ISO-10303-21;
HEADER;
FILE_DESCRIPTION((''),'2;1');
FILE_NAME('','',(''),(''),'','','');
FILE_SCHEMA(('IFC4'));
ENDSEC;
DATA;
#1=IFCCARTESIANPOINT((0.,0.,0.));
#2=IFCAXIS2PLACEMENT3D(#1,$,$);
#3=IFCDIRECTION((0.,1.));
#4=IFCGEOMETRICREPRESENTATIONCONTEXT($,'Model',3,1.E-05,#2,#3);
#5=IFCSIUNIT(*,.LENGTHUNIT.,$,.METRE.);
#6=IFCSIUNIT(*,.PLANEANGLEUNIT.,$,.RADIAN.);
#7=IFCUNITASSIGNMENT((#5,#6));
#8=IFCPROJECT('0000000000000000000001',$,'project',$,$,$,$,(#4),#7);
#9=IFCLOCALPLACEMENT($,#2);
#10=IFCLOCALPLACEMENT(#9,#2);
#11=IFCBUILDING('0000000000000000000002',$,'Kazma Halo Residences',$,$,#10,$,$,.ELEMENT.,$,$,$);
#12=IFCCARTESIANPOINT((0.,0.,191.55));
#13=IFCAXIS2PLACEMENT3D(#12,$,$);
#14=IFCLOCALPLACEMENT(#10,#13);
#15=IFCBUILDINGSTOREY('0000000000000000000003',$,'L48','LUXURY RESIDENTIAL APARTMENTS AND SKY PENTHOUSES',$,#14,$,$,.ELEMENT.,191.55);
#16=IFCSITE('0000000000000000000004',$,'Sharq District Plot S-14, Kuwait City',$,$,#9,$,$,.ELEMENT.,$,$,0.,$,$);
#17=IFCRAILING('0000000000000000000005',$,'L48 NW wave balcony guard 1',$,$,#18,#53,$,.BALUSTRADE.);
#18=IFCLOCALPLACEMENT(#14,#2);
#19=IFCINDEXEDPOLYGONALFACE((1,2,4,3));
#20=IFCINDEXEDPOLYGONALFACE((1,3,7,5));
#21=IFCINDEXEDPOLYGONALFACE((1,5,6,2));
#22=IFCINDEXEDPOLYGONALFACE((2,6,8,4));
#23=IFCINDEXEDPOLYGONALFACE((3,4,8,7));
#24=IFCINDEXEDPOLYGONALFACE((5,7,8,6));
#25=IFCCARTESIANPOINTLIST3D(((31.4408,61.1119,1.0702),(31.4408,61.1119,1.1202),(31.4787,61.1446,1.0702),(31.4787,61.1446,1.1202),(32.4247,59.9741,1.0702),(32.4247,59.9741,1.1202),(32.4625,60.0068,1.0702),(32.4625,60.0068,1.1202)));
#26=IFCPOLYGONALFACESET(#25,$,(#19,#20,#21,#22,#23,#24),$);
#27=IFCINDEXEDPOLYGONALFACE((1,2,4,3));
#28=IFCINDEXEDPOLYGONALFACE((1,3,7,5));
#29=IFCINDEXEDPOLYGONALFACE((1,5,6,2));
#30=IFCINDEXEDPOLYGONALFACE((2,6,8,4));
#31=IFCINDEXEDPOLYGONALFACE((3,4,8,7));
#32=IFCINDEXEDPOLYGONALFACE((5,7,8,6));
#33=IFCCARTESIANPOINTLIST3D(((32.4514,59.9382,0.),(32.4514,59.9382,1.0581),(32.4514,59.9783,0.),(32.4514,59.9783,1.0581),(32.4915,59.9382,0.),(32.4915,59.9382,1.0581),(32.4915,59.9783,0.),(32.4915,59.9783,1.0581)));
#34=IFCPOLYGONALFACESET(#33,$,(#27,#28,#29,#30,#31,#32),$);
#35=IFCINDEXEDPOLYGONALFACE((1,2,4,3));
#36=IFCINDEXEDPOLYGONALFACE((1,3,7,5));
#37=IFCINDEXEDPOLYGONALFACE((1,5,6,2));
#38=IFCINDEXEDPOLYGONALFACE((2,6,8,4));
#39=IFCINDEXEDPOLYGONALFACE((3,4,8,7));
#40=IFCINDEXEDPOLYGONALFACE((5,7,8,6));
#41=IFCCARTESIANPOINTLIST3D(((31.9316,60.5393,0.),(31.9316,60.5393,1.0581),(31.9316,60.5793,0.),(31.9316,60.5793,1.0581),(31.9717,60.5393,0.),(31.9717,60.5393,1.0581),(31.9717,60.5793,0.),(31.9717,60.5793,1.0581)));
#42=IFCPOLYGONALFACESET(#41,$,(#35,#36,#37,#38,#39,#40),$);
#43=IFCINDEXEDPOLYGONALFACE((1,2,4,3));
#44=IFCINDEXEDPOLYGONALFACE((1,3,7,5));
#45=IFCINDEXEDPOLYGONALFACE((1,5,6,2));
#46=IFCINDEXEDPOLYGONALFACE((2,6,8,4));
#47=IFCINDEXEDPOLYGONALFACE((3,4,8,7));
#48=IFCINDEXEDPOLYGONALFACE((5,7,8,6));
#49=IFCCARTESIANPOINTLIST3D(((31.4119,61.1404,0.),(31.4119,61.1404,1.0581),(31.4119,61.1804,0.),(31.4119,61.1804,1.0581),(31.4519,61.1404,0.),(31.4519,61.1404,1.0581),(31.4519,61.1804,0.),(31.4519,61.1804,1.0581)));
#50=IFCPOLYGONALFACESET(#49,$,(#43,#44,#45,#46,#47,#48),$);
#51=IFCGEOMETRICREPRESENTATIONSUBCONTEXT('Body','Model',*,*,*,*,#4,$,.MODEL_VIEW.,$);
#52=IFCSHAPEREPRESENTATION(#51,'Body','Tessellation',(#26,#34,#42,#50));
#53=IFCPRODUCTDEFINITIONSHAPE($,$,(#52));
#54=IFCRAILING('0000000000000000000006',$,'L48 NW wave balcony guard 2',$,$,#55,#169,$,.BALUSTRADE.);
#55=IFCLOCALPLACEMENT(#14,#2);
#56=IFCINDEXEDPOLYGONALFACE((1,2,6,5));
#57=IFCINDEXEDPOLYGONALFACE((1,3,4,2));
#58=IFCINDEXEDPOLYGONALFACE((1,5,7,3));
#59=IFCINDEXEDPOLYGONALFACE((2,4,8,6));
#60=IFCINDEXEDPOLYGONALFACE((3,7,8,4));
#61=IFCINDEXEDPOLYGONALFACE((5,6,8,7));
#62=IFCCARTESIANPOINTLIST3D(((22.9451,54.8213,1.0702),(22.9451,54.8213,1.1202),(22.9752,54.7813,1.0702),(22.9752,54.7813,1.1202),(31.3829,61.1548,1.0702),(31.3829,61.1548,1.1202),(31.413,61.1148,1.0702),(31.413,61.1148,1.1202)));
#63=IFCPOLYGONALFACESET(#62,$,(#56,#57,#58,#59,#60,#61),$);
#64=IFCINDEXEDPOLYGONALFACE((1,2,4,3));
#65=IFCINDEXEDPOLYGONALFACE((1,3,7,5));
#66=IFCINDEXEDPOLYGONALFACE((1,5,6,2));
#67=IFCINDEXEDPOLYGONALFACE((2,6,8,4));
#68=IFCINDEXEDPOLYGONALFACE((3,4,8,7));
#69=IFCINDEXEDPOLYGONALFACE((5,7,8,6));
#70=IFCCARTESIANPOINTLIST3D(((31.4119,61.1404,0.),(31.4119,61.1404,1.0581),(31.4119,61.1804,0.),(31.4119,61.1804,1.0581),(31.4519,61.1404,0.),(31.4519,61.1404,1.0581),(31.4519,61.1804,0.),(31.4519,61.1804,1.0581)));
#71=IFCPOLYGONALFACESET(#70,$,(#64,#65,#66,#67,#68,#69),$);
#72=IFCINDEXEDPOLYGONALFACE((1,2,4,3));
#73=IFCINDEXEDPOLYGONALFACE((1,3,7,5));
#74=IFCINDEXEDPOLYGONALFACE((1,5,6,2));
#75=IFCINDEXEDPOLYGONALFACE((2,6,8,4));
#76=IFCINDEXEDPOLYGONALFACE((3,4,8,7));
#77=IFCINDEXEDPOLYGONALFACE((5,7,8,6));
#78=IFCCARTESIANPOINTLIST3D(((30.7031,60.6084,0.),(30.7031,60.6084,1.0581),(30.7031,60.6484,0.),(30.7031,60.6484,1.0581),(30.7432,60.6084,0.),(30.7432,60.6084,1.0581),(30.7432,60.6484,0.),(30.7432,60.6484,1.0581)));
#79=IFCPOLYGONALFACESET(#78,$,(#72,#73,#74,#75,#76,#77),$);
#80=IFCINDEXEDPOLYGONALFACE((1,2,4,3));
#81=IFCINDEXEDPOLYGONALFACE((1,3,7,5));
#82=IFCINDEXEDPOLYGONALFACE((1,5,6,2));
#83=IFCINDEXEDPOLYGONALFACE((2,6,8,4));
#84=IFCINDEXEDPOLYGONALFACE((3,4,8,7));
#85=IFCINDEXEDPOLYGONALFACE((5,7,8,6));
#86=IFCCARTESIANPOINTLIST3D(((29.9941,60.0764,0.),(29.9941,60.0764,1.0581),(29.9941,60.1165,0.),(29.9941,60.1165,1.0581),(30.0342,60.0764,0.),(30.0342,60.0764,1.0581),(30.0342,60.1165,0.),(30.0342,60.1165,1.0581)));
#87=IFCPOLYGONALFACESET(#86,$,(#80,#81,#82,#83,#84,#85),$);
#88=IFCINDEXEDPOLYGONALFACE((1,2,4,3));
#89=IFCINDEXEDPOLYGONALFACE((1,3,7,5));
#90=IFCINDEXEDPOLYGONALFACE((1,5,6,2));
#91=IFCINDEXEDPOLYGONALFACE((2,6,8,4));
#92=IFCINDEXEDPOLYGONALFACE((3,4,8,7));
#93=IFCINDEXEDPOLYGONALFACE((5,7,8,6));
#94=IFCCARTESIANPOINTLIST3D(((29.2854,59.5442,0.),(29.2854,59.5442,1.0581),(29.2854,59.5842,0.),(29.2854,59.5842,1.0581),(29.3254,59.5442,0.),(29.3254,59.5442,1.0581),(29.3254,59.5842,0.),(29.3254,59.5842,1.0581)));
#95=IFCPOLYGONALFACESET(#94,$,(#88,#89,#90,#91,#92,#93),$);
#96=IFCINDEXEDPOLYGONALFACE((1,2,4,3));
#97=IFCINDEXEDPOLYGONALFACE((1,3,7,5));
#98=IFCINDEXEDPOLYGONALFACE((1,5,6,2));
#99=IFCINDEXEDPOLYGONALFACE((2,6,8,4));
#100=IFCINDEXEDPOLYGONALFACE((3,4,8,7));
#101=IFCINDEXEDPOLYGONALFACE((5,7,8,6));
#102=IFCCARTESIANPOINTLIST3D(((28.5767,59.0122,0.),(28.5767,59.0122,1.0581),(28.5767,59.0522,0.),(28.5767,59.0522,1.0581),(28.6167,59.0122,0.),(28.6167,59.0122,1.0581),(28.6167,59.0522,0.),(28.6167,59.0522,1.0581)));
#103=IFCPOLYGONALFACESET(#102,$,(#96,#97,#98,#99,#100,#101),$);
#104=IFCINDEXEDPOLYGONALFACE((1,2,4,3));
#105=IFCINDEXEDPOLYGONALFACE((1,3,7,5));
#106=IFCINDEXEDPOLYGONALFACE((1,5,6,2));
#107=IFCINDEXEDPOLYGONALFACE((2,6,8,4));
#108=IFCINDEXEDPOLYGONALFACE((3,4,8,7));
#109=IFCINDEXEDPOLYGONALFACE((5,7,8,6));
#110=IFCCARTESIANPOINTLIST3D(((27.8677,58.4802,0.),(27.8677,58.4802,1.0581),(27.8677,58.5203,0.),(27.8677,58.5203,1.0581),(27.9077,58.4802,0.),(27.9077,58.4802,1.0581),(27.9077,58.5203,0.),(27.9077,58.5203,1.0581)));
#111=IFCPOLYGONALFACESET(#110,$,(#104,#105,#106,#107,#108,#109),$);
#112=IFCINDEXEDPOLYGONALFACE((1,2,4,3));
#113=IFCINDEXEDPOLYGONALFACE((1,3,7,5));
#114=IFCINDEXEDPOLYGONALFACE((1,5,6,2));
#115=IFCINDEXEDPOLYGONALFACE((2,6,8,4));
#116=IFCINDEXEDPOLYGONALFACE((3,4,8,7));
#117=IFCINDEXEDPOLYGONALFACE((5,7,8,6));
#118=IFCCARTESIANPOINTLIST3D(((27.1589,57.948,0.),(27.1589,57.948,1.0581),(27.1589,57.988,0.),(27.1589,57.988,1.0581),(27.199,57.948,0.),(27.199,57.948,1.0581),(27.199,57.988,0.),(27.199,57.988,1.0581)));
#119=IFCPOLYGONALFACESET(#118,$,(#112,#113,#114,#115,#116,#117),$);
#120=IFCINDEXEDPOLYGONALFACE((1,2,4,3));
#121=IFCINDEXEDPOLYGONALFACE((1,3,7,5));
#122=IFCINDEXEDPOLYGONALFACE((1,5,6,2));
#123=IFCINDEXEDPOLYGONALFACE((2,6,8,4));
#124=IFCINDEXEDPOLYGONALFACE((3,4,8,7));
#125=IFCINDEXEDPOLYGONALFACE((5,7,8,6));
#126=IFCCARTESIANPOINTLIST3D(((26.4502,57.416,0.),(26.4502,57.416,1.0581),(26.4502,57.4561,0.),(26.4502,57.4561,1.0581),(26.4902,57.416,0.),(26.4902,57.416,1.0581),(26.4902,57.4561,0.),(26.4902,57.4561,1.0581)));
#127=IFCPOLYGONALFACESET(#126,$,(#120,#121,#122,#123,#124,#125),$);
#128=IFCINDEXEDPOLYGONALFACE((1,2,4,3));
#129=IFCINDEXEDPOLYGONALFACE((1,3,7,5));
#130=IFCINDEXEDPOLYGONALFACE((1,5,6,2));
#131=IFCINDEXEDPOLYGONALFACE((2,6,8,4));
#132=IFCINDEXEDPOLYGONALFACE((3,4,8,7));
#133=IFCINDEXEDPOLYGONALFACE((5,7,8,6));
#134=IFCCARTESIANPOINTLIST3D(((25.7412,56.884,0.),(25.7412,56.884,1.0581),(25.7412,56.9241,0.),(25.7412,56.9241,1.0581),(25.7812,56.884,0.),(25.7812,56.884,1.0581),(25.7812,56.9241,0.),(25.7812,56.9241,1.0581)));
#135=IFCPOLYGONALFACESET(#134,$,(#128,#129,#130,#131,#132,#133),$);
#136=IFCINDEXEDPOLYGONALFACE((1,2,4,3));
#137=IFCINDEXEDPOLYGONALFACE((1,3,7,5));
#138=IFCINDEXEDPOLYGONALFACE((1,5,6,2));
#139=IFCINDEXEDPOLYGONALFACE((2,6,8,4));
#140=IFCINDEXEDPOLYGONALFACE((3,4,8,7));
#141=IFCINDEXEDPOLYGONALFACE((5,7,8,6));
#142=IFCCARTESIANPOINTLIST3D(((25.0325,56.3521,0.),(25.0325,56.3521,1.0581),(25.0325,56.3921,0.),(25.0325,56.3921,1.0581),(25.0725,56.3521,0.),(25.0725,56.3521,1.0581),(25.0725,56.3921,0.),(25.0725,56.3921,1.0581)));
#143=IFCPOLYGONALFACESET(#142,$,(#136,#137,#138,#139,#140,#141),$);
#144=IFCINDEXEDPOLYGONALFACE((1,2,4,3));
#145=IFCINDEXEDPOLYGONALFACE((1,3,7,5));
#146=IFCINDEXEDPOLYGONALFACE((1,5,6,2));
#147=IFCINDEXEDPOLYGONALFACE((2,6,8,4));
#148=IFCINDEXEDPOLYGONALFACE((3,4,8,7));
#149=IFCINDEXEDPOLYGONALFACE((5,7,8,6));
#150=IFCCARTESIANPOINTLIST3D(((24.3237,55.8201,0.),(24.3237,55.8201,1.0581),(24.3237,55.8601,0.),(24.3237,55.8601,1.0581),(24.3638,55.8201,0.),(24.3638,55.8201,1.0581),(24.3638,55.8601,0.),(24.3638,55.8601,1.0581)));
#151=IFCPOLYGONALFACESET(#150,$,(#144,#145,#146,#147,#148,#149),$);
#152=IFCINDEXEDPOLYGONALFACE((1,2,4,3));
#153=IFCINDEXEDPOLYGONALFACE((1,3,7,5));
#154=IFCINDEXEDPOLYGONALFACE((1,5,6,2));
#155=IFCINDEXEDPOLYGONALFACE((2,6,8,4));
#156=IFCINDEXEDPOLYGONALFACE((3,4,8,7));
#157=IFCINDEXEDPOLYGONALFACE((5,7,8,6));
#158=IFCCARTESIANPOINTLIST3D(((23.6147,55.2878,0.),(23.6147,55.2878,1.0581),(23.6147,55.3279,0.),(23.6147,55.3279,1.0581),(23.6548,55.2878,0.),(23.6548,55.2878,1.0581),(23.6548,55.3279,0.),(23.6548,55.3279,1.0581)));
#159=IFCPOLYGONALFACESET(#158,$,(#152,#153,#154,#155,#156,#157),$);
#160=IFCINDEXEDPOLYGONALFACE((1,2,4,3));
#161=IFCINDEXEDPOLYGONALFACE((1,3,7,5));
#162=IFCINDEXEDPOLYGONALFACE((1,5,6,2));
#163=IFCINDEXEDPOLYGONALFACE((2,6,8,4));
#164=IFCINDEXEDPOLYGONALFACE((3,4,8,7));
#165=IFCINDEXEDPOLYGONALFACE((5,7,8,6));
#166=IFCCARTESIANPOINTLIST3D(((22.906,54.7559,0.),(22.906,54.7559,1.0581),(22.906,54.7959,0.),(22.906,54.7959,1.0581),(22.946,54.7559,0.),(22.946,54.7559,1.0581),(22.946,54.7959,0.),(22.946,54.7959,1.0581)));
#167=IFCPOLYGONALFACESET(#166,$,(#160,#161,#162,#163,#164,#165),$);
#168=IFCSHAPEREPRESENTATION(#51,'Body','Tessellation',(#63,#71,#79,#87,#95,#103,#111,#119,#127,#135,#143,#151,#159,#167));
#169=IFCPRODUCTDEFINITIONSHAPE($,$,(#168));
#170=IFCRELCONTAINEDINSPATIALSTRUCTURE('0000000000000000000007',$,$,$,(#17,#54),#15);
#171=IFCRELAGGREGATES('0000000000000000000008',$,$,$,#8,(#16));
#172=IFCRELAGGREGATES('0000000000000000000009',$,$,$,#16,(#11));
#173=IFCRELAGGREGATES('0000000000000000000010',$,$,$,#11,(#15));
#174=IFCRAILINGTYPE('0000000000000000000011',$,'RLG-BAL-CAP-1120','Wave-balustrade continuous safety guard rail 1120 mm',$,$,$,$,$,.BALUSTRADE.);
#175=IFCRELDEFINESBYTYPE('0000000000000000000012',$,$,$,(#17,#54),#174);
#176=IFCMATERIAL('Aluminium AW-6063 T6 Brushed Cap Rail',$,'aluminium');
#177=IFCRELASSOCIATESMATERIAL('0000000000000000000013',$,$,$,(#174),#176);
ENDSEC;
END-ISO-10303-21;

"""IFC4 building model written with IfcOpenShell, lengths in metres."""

from ifc_helpers import new_model, si_unit, direction, frame, origin, origin_2d, place, context, subcontext, project, spatial, rectangle, extrude, material, type_object, element, save


model = new_model("IFC4")

# Units and contexts
model_context = context("Model", 3, precision=1e-05, world=origin(), true_north=direction((0.0, 1.0)))
body_context = subcontext(model_context, "Body", "Model", "MODEL_VIEW")
ifc_project = project(units=[si_unit("LENGTHUNIT", "METRE"), si_unit("PLANEANGLEUNIT", "RADIAN")], contexts=[model_context])

# Site, building, storey
site_placement = place(None, origin())
site = spatial("IfcSite", under=ifc_project, at=site_placement, Name="Sharq District Plot S-14, Kuwait City", CompositionType="ELEMENT", RefElevation=0.0)
building_placement = place(site_placement, origin())
building = spatial("IfcBuilding", under=site, at=building_placement, Name="Kazma Halo Residences", CompositionType="ELEMENT")
storey_placement = place(building_placement, frame((0.0, 0.0, 191.55)))
storey = spatial("IfcBuildingStorey", under=building, at=storey_placement, Name="L48", Description="LUXURY RESIDENTIAL APARTMENTS AND SKY PENTHOUSES", CompositionType="ELEMENT", Elevation=191.55)

# Railings
ifc_material_1 = material(Name="Aluminium AW-6063 T6 Brushed Cap Rail", Category="aluminium")
railing_type = type_object("IfcRailingType", Name="RLG-BAL-CAP-1120", Description="Wave-balustrade continuous safety guard rail 1120 mm", PredefinedType="BALUSTRADE", material=ifc_material_1)
railing_1_placement = place(storey_placement, frame((32.4714, 59.9583, 0.0)))
element("IfcRailing", 1, at=railing_1_placement, inside=storey, type_object=railing_type, Name="L48 NW wave balcony guard 1", PredefinedType="BALUSTRADE", context=body_context, shape_type="SweptSolid", body=[
    extrude(rectangle(XDim=0.05, YDim=0.05, at=origin_2d()), frame((-0.0278, 0.0322, 1.0952), z_axis=(-0.6541, 0.756408, 0.0), x_axis=(-0.756408, -0.6541, 0.0)), (0.0, 0.0, 1.0), 1.5042),
    extrude(rectangle(XDim=0.04, YDim=0.04, at=origin_2d()), origin(), (0.0, 0.0, 1.0), 1.0581),
    extrude(rectangle(XDim=0.04, YDim=0.04, at=origin_2d()), frame((-0.5198, 0.6011, 0.0)), (0.0, 0.0, 1.0), 1.0581),
    extrude(rectangle(XDim=0.04, YDim=0.04, at=origin_2d()), frame((-1.0396, 1.2021, 0.0)), (0.0, 0.0, 1.0), 1.0581),
])
railing_2_placement = place(storey_placement, frame((31.4319, 61.1604, 0.0)))
element("IfcRailing", 2, at=railing_2_placement, inside=storey, type_object=railing_type, Name="L48 NW wave balcony guard 2", PredefinedType="BALUSTRADE", context=body_context, shape_type="SweptSolid", body=[
    extrude(rectangle(XDim=0.05, YDim=0.05, at=origin_2d()), frame((-0.0339, -0.0256, 1.0952), z_axis=(-0.799769, -0.600308, 0.0), x_axis=(0.600308, -0.799769, 0.0)), (0.0, 0.0, 1.0), 10.5503),
    extrude(rectangle(XDim=0.04, YDim=0.04, at=origin_2d()), origin(), (0.0, 0.0, 1.0), 1.0581),
    extrude(rectangle(XDim=0.04, YDim=0.04, at=origin_2d()), frame((-0.7087, -0.532, 0.0)), (0.0, 0.0, 1.0), 1.0581),
    extrude(rectangle(XDim=0.04, YDim=0.04, at=origin_2d()), frame((-1.4177, -1.064, 0.0)), (0.0, 0.0, 1.0), 1.0581),
    extrude(rectangle(XDim=0.04, YDim=0.04, at=origin_2d()), frame((-2.1265, -1.5962, 0.0)), (0.0, 0.0, 1.0), 1.0581),
    extrude(rectangle(XDim=0.04, YDim=0.04, at=origin_2d()), frame((-2.8352, -2.1282, 0.0)), (0.0, 0.0, 1.0), 1.0581),
    extrude(rectangle(XDim=0.04, YDim=0.04, at=origin_2d()), frame((-3.5442, -2.6602, 0.0)), (0.0, 0.0, 1.0), 1.0581),
    extrude(rectangle(XDim=0.04, YDim=0.04, at=origin_2d()), frame((-4.2529, -3.1924, 0.0)), (0.0, 0.0, 1.0), 1.0581),
    extrude(rectangle(XDim=0.04, YDim=0.04, at=origin_2d()), frame((-4.9617, -3.7244, 0.0)), (0.0, 0.0, 1.0), 1.0581),
    extrude(rectangle(XDim=0.04, YDim=0.04, at=origin_2d()), frame((-5.6707, -4.2563, 0.0)), (0.0, 0.0, 1.0), 1.0581),
    extrude(rectangle(XDim=0.04, YDim=0.04, at=origin_2d()), frame((-6.3794, -4.7883, 0.0)), (0.0, 0.0, 1.0), 1.0581),
    extrude(rectangle(XDim=0.04, YDim=0.04, at=origin_2d()), frame((-7.0881, -5.3203, 0.0)), (0.0, 0.0, 1.0), 1.0581),
    extrude(rectangle(XDim=0.04, YDim=0.04, at=origin_2d()), frame((-7.7971, -5.8525, 0.0)), (0.0, 0.0, 1.0), 1.0581),
    extrude(rectangle(XDim=0.04, YDim=0.04, at=origin_2d()), frame((-8.5059, -6.3845, 0.0)), (0.0, 0.0, 1.0), 1.0581),
])

save(model, "model.ifc")
